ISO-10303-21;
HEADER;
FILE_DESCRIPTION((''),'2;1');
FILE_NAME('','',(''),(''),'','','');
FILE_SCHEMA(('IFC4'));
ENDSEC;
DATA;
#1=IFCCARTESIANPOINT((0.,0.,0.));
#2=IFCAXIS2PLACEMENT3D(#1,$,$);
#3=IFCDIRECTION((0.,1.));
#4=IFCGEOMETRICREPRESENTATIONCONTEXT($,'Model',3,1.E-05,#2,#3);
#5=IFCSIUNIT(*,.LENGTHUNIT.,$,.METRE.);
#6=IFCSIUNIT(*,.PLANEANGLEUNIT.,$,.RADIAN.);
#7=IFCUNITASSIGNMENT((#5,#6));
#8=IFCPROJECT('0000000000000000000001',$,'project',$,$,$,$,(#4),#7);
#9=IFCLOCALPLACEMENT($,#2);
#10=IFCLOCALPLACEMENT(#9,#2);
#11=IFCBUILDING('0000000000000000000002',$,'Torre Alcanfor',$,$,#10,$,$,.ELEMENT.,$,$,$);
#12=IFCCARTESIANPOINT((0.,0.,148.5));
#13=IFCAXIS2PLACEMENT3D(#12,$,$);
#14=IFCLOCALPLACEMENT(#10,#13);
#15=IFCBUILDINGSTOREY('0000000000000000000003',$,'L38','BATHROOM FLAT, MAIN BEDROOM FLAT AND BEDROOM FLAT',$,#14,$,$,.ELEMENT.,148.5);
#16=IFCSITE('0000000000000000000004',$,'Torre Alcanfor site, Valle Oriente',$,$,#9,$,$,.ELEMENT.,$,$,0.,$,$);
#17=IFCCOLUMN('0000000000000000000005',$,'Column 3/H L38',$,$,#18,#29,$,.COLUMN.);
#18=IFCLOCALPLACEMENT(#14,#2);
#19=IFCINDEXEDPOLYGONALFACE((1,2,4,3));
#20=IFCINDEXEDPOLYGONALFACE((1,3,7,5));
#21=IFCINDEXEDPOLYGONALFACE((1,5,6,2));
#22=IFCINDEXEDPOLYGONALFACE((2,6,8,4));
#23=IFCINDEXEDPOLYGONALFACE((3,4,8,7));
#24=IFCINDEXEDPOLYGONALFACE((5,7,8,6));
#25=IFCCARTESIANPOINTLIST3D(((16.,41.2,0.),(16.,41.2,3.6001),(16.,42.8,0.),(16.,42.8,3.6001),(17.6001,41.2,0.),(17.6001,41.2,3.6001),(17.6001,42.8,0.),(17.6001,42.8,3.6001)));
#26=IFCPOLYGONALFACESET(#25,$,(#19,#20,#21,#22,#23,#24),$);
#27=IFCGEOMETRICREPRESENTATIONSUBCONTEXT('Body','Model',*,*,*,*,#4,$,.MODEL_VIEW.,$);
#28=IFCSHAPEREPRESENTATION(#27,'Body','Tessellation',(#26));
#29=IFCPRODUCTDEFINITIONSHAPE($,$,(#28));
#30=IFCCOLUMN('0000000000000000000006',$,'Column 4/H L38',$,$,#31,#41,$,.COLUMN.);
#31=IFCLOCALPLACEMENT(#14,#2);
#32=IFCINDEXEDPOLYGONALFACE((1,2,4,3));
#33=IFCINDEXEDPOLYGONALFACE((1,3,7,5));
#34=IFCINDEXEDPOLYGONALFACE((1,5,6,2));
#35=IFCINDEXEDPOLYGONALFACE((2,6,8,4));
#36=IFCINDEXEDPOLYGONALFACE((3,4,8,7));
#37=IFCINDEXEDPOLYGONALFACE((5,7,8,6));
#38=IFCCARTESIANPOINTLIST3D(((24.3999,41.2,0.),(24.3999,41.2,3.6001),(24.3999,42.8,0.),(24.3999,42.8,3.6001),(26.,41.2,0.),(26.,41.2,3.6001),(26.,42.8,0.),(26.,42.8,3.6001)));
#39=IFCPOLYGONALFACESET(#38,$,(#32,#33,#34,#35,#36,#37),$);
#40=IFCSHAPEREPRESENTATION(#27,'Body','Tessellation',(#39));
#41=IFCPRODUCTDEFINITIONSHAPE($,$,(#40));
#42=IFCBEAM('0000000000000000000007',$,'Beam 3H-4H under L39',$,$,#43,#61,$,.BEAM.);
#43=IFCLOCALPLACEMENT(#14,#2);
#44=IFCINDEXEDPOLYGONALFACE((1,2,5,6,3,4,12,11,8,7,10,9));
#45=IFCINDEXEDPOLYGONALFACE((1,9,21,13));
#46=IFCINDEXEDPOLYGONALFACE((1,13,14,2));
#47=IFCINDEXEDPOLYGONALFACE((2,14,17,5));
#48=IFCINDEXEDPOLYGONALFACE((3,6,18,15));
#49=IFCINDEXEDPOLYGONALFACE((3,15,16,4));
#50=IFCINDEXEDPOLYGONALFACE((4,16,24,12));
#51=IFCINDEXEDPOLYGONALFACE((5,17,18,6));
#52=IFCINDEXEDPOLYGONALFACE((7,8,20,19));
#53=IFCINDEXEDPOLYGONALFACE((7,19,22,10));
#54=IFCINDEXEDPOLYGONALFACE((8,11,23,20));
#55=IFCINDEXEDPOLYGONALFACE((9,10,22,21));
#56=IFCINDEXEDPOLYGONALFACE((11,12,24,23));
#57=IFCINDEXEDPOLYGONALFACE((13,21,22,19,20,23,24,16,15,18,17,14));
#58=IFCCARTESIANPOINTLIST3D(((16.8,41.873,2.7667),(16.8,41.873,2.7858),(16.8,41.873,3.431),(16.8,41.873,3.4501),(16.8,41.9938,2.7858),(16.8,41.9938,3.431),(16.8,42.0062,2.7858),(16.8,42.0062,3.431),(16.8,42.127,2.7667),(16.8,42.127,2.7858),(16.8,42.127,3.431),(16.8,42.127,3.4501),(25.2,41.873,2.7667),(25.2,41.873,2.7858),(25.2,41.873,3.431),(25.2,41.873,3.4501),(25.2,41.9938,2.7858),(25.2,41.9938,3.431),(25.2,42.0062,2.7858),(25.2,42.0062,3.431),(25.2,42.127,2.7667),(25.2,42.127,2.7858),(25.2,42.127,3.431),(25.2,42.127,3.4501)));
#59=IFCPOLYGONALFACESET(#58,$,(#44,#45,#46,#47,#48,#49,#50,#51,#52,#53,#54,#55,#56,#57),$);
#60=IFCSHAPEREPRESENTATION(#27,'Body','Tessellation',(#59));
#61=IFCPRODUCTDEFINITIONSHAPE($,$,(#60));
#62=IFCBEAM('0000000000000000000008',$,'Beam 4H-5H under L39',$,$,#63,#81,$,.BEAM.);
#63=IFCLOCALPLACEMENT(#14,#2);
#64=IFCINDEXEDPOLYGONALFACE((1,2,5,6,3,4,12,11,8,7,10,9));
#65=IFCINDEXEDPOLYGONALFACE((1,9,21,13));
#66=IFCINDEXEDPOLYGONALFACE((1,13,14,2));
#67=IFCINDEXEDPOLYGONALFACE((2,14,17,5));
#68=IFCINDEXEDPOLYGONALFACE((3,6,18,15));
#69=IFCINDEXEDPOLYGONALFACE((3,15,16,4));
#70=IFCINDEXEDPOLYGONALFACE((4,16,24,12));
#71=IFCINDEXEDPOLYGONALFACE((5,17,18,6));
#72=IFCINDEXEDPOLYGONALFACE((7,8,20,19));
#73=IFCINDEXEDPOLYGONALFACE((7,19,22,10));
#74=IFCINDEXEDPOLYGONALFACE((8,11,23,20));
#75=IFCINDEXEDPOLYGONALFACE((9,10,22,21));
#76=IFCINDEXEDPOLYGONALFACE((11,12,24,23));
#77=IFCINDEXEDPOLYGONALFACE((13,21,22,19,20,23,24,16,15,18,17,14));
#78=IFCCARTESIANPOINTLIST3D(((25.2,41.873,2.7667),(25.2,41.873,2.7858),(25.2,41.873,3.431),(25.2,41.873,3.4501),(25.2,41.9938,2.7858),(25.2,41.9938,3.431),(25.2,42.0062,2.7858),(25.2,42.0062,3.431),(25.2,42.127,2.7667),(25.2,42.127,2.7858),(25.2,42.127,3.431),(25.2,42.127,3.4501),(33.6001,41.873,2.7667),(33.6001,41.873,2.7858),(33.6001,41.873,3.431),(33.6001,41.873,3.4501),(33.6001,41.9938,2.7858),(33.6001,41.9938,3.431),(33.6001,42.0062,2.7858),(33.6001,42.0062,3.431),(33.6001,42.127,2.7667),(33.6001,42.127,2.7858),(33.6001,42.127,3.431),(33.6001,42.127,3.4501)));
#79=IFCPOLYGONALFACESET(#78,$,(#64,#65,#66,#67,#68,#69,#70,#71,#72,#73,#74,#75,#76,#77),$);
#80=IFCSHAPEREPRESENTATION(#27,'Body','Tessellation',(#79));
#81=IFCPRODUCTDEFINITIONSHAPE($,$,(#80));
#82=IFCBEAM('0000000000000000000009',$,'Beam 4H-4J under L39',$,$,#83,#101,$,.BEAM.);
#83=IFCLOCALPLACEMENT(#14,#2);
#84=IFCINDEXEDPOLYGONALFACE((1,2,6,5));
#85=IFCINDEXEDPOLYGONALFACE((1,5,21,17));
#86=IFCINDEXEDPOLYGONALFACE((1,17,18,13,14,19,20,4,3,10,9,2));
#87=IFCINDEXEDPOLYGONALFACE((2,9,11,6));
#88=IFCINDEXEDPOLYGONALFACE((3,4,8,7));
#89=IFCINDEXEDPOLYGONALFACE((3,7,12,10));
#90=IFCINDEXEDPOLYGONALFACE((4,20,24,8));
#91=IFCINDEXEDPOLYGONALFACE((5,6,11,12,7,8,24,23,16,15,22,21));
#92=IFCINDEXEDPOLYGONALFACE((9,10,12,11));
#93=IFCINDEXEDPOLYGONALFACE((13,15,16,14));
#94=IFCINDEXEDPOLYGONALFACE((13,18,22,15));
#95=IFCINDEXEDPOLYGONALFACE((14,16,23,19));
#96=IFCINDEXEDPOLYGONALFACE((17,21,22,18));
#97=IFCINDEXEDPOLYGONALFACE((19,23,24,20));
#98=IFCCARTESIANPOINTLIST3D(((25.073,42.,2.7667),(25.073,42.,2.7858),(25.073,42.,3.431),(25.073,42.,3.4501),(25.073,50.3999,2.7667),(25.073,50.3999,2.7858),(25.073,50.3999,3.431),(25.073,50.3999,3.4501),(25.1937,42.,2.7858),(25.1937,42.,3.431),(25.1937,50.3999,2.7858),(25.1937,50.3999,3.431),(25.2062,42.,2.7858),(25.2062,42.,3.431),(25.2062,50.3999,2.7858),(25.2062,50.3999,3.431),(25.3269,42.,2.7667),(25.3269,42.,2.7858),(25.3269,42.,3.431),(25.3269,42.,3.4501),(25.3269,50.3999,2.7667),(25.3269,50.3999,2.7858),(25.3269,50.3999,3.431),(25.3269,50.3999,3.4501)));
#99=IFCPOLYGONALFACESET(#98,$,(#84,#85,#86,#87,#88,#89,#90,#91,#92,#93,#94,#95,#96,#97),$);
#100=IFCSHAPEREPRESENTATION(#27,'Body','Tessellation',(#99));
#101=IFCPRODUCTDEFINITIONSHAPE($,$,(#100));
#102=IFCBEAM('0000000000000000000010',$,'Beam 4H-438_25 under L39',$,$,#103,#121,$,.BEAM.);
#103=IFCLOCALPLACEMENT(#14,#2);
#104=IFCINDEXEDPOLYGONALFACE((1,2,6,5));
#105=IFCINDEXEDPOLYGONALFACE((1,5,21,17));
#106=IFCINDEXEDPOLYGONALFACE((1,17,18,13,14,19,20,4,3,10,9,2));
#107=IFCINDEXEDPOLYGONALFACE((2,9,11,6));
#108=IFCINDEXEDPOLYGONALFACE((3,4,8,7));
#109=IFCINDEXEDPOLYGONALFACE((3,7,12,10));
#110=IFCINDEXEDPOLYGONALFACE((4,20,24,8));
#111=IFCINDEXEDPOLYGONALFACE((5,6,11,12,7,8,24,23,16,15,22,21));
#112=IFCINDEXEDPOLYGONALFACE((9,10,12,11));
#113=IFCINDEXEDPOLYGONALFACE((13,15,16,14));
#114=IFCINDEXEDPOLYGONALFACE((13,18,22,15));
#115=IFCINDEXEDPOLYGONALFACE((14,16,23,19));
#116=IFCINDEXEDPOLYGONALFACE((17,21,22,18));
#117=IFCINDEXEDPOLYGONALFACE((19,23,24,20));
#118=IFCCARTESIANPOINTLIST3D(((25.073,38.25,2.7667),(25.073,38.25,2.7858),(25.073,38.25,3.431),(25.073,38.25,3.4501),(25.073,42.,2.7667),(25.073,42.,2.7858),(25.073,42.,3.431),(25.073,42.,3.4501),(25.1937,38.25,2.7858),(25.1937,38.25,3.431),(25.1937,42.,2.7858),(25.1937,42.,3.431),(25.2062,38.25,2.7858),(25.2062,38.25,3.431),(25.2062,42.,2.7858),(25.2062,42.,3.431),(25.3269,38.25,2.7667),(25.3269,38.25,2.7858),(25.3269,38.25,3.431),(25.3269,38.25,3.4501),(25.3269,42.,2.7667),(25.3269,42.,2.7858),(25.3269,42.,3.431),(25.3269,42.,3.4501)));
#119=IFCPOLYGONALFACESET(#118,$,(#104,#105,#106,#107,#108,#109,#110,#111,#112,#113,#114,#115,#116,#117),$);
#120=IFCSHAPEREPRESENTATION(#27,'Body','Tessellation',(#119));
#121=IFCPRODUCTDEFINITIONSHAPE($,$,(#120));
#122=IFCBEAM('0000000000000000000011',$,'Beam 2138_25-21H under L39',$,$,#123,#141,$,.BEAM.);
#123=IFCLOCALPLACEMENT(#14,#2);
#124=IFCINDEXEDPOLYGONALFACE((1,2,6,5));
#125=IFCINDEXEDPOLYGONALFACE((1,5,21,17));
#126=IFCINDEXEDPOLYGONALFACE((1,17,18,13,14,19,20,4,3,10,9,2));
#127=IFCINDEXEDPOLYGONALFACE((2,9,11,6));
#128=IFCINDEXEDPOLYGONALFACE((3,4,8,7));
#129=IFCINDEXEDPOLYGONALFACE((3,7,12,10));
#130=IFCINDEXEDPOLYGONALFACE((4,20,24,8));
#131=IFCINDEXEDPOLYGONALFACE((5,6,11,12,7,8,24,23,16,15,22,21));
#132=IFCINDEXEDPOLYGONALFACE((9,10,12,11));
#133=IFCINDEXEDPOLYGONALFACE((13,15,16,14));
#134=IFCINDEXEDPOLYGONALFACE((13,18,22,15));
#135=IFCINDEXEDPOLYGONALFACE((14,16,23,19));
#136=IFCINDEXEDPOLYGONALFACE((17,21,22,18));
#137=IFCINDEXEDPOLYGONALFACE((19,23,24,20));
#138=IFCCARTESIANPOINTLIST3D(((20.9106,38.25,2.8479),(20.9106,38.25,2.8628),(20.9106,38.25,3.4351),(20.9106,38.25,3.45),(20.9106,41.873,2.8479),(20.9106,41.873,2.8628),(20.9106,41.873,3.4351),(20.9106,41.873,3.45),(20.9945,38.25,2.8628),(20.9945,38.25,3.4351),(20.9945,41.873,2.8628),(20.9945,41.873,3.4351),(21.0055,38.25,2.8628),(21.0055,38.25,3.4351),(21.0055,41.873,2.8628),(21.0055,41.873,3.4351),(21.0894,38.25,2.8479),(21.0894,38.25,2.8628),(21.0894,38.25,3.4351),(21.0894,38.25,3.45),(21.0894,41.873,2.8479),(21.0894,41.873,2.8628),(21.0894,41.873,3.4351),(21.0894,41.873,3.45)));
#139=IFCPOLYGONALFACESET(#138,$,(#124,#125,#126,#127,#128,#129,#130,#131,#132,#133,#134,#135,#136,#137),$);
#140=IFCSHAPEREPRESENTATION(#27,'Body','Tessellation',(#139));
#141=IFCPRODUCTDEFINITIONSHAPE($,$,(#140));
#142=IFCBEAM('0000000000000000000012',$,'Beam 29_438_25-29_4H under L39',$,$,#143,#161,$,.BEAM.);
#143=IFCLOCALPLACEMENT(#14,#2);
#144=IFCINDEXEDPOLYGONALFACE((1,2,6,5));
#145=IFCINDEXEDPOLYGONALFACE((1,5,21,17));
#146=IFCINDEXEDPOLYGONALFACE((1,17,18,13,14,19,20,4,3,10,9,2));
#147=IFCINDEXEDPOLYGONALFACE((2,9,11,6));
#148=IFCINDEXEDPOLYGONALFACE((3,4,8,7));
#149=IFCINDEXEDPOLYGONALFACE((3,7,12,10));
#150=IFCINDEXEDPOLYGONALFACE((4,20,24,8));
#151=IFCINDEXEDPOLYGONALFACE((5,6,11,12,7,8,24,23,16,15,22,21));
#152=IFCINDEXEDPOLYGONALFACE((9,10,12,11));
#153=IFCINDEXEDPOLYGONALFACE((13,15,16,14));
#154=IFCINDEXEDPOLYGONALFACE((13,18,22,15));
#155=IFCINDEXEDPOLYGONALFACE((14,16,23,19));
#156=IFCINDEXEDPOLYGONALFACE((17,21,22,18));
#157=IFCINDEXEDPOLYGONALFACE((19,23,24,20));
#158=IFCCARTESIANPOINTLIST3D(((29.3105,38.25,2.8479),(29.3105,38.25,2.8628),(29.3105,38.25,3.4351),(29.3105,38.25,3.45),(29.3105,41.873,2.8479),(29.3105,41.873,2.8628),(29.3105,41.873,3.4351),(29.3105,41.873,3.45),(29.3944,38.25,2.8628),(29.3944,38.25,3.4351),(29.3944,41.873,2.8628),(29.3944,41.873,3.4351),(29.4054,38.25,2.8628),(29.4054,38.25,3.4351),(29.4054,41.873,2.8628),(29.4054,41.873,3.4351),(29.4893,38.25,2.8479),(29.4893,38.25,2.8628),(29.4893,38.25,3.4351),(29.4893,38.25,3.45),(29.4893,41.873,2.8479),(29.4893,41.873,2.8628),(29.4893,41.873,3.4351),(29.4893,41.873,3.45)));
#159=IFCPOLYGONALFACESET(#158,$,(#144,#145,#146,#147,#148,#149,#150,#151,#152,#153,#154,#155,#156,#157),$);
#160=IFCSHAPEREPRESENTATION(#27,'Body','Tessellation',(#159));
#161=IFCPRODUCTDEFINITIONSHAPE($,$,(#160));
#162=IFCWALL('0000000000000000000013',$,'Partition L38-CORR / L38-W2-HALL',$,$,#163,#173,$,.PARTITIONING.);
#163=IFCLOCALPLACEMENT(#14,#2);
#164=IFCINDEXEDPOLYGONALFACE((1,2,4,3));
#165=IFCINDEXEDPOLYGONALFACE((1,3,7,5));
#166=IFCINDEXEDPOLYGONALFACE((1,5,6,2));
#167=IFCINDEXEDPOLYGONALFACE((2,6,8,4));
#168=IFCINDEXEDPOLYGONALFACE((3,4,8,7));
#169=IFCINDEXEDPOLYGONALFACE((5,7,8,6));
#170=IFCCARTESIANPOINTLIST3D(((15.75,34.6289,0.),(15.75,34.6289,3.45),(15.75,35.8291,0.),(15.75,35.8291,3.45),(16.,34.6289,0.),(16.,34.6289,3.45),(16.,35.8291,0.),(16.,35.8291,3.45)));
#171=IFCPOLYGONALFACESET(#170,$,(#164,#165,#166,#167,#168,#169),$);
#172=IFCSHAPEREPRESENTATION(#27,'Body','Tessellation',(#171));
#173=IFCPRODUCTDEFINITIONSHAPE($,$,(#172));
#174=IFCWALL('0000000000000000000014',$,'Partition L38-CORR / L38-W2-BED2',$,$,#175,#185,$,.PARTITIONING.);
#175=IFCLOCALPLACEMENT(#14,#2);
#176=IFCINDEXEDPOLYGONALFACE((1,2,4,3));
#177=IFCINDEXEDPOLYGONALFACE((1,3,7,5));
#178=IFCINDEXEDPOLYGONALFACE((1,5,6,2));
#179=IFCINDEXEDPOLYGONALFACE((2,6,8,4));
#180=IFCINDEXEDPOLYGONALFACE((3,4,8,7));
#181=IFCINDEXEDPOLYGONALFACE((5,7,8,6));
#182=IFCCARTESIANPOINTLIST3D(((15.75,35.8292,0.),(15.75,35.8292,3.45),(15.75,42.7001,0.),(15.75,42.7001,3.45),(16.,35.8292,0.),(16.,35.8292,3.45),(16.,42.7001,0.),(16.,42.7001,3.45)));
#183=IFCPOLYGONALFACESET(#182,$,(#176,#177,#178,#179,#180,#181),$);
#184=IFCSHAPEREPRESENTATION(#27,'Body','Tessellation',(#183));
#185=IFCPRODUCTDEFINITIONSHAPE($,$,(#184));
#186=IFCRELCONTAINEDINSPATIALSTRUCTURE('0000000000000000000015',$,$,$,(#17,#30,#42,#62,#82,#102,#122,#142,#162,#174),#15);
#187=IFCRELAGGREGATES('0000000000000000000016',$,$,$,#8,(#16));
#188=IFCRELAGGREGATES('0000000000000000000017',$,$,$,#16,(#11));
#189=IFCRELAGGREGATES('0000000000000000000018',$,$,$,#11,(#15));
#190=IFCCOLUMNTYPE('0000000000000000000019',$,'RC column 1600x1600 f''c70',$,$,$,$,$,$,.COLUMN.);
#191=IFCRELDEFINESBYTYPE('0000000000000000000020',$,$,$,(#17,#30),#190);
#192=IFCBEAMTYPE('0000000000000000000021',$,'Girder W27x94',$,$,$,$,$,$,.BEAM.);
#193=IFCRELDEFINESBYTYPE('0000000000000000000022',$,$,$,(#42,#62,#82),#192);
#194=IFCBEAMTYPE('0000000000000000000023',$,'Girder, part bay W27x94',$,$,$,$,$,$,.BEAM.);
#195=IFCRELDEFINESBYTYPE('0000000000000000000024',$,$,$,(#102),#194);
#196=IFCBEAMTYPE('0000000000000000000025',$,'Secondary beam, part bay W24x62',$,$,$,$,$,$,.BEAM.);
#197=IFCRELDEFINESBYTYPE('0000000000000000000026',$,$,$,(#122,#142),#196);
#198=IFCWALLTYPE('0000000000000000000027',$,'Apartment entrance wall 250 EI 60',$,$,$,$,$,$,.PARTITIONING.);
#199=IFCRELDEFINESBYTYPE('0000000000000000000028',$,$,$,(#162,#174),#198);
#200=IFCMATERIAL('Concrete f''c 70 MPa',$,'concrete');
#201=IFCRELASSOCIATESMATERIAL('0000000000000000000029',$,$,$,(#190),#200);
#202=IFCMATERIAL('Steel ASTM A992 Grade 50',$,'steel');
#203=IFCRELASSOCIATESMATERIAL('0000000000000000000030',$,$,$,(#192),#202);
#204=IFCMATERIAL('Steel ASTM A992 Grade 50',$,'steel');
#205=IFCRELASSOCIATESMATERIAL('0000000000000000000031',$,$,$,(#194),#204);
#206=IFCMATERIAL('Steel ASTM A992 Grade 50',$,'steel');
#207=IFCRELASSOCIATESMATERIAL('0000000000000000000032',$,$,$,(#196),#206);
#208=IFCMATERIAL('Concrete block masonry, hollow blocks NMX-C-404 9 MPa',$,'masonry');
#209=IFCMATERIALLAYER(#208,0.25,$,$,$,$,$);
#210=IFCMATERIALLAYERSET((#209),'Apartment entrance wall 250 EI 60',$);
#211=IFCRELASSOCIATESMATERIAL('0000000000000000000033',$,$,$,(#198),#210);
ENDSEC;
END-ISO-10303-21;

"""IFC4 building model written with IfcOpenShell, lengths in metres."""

from ifc_helpers import new_model, si_unit, direction, frame, frame_2d, origin, origin_2d, place, context, subcontext, project, spatial, rectangle, i_section, extrude, material, layer, layer_set, material_profile, profile_set, type_object, element, save


model = new_model("IFC4")

# Units and contexts
model_context = context("Model", 3, precision=1e-05, world=origin(), true_north=direction((0.0, 1.0)))
body_context = subcontext(model_context, "Body", "Model", "MODEL_VIEW")
ifc_project = project(units=[si_unit("LENGTHUNIT", "METRE"), si_unit("PLANEANGLEUNIT", "RADIAN")], contexts=[model_context])

# Site, building, storey
site_placement = place(None, origin())
site = spatial("IfcSite", under=ifc_project, at=site_placement, Name="Torre Alcanfor site, Valle Oriente", CompositionType="ELEMENT", RefElevation=0.0)
building_placement = place(site_placement, origin())
building = spatial("IfcBuilding", under=site, at=building_placement, Name="Torre Alcanfor", CompositionType="ELEMENT")
storey_placement = place(building_placement, frame((0.0, 0.0, 148.5)))
storey = spatial("IfcBuildingStorey", under=building, at=storey_placement, Name="L38", Description="BATHROOM FLAT, MAIN BEDROOM FLAT AND BEDROOM FLAT", CompositionType="ELEMENT", Elevation=148.5)

# Columns
ifc_material_1 = material(Name="Concrete f'c 70 MPa", Category="concrete")
ifc_material_profile_1 = material_profile(ifc_material_1, rectangle(XDim=1.6001, YDim=1.6001, at=origin_2d()), Name="1600x1600")
ifc_profile_set_1 = profile_set([ifc_material_profile_1], Name="Concrete f'c 70 MPa")
column_type = type_object("IfcColumnType", Name="RC column 1600x1600 f'c70", PredefinedType="COLUMN", material=ifc_profile_set_1)
for number, where, z_axis, x_axis, name in (
    (1, (16.8, 42.0, 0.0), (0.0, 0.0, 1.0), (1.0, 0.0, 0.0), "Column 3/H L38"),
    (2, (25.2, 42.0, 0.0), (0.0, 0.0, 1.0), (1.0, 0.0, 0.0), "Column 4/H L38"),
):
    element("IfcColumn", number, at=place(storey_placement, frame(where, z_axis=z_axis, x_axis=x_axis)), inside=storey, type_object=column_type, Name=name, PredefinedType="COLUMN", context=body_context, shape_type="SweptSolid", body=[
        extrude(rectangle(XDim=1.6001, YDim=1.6001, at=origin_2d()), origin(), (0.0, 0.0, 1.0), 3.6001),
    ])

# Beams
ifc_material_2 = material(Name="Steel ASTM A992 Grade 50", Category="steel")
ifc_material_profile_2 = material_profile(ifc_material_2, i_section(OverallWidth=0.2539, OverallDepth=0.6833, WebThickness=0.0125, FlangeThickness=0.019, at=origin_2d()), Name="W27x94")
ifc_profile_set_2 = profile_set([ifc_material_profile_2], Name="Steel ASTM A992 Grade 50")
beam_type_1 = type_object("IfcBeamType", Name="Girder W27x94", PredefinedType="BEAM", material=ifc_profile_set_2)
beam_1_placement = place(storey_placement, frame((16.8, 42.0, 3.1084), z_axis=(1.0, 0.0, 0.0), x_axis=(0.0, 1.0, 0.0)))
element("IfcBeam", 3, at=beam_1_placement, inside=storey, type_object=beam_type_1, Name="Beam 3H-4H under L39", PredefinedType="BEAM", context=body_context, shape_type="SweptSolid", body=[
    extrude(i_section(OverallWidth=0.2539, OverallDepth=0.6833, WebThickness=0.0125, FlangeThickness=0.019, at=origin_2d()), origin(), (0.0, 0.0, 1.0), 8.3999),
])
beam_2_placement = place(storey_placement, frame((25.2, 42.0, 3.1084), z_axis=(1.0, 0.0, 0.0), x_axis=(0.0, 1.0, 0.0)))
element("IfcBeam", 4, at=beam_2_placement, inside=storey, type_object=beam_type_1, Name="Beam 4H-5H under L39", PredefinedType="BEAM", context=body_context, shape_type="SweptSolid", body=[
    extrude(i_section(OverallWidth=0.2539, OverallDepth=0.6833, WebThickness=0.0125, FlangeThickness=0.019, at=origin_2d()), origin(), (0.0, 0.0, 1.0), 8.4001),
])
beam_3_placement = place(storey_placement, frame((25.2, 42.0, 3.1084), z_axis=(0.0, 1.0, 0.0), x_axis=(-1.0, 0.0, 0.0)))
element("IfcBeam", 5, at=beam_3_placement, inside=storey, type_object=beam_type_1, Name="Beam 4H-4J under L39", PredefinedType="BEAM", context=body_context, shape_type="SweptSolid", body=[
    extrude(i_section(OverallWidth=0.2539, OverallDepth=0.6833, WebThickness=0.0125, FlangeThickness=0.019, at=origin_2d()), origin(), (0.0, 0.0, 1.0), 8.3999),
])
ifc_material_3 = material(Name="Steel ASTM A992 Grade 50", Category="steel")
ifc_material_profile_3 = material_profile(ifc_material_3, i_section(OverallWidth=0.2539, OverallDepth=0.6833, WebThickness=0.0125, FlangeThickness=0.019, at=origin_2d()), Name="W27x94")
ifc_profile_set_3 = profile_set([ifc_material_profile_3], Name="Steel ASTM A992 Grade 50")
beam_type_2 = type_object("IfcBeamType", Name="Girder, part bay W27x94", PredefinedType="BEAM", material=ifc_profile_set_3)
beam_4_placement = place(storey_placement, frame((25.2, 42.0, 3.1084), z_axis=(0.0, -1.0, 0.0), x_axis=(1.0, 0.0, 0.0)))
element("IfcBeam", 6, at=beam_4_placement, inside=storey, type_object=beam_type_2, Name="Beam 4H-438_25 under L39", PredefinedType="BEAM", context=body_context, shape_type="SweptSolid", body=[
    extrude(i_section(OverallWidth=0.2539, OverallDepth=0.6833, WebThickness=0.0125, FlangeThickness=0.019, at=origin_2d()), origin(), (0.0, 0.0, 1.0), 3.75),
])
ifc_material_4 = material(Name="Steel ASTM A992 Grade 50", Category="steel")
ifc_material_profile_4 = material_profile(ifc_material_4, i_section(OverallWidth=0.1787, OverallDepth=0.6021, WebThickness=0.011, FlangeThickness=0.0149, at=origin_2d()), Name="W24x62")
ifc_profile_set_4 = profile_set([ifc_material_profile_4], Name="Steel ASTM A992 Grade 50")
beam_type_3 = type_object("IfcBeamType", Name="Secondary beam, part bay W24x62", PredefinedType="BEAM", material=ifc_profile_set_4)
for number, where, z_axis, x_axis, name in (
    (7, (21.0, 38.25, 3.1489), (0.0, 1.0, 0.0), (-1.0, 0.0, 0.0), "Beam 2138_25-21H under L39"),
    (8, (29.3999, 38.25, 3.1489), (0.0, 1.0, 0.0), (-1.0, 0.0, 0.0), "Beam 29_438_25-29_4H under L39"),
):
    element("IfcBeam", number, at=place(storey_placement, frame(where, z_axis=z_axis, x_axis=x_axis)), inside=storey, type_object=beam_type_3, Name=name, PredefinedType="BEAM", context=body_context, shape_type="SweptSolid", body=[
        extrude(i_section(OverallWidth=0.1787, OverallDepth=0.6021, WebThickness=0.011, FlangeThickness=0.0149, at=origin_2d()), origin(), (0.0, 0.0, 1.0), 3.623),
    ])

# Walls
ifc_material_5 = material(Name="Concrete block masonry, hollow blocks NMX-C-404 9 MPa", Category="masonry")
ifc_layer_1 = layer(ifc_material_5, 0.25)
ifc_layer_set_1 = layer_set([ifc_layer_1], Name="Apartment entrance wall 250 EI 60")
wall_type_1 = type_object("IfcWallType", Name="Apartment entrance wall 250 EI 60", PredefinedType="PARTITIONING", material=ifc_layer_set_1)
wall_1_placement = place(storey_placement, frame((15.875, 34.6289, 0.0), z_axis=(0.0, 0.0, 1.0), x_axis=(0.0, 1.0, 0.0)))
element("IfcWall", 9, at=wall_1_placement, inside=storey, type_object=wall_type_1, Name="Partition L38-CORR / L38-W2-HALL", PredefinedType="PARTITIONING", context=body_context, shape_type="SweptSolid", body=[
    extrude(rectangle(XDim=1.2002, YDim=0.25, at=frame_2d((0.6001, 0.0))), origin(), (0.0, 0.0, 1.0), 3.45),
])
wall_2_placement = place(storey_placement, frame((15.875, 35.8291, 0.0), z_axis=(0.0, 0.0, 1.0), x_axis=(0.0, 1.0, 0.0)))
element("IfcWall", 10, at=wall_2_placement, inside=storey, type_object=wall_type_1, Name="Partition L38-CORR / L38-W2-BED2", PredefinedType="PARTITIONING", context=body_context, shape_type="SweptSolid", body=[
    extrude(rectangle(XDim=6.8708, YDim=0.25, at=frame_2d((3.4355, 0.0))), origin(), (0.0, 0.0, 1.0), 3.45),
])

save(model, "model.ifc")
